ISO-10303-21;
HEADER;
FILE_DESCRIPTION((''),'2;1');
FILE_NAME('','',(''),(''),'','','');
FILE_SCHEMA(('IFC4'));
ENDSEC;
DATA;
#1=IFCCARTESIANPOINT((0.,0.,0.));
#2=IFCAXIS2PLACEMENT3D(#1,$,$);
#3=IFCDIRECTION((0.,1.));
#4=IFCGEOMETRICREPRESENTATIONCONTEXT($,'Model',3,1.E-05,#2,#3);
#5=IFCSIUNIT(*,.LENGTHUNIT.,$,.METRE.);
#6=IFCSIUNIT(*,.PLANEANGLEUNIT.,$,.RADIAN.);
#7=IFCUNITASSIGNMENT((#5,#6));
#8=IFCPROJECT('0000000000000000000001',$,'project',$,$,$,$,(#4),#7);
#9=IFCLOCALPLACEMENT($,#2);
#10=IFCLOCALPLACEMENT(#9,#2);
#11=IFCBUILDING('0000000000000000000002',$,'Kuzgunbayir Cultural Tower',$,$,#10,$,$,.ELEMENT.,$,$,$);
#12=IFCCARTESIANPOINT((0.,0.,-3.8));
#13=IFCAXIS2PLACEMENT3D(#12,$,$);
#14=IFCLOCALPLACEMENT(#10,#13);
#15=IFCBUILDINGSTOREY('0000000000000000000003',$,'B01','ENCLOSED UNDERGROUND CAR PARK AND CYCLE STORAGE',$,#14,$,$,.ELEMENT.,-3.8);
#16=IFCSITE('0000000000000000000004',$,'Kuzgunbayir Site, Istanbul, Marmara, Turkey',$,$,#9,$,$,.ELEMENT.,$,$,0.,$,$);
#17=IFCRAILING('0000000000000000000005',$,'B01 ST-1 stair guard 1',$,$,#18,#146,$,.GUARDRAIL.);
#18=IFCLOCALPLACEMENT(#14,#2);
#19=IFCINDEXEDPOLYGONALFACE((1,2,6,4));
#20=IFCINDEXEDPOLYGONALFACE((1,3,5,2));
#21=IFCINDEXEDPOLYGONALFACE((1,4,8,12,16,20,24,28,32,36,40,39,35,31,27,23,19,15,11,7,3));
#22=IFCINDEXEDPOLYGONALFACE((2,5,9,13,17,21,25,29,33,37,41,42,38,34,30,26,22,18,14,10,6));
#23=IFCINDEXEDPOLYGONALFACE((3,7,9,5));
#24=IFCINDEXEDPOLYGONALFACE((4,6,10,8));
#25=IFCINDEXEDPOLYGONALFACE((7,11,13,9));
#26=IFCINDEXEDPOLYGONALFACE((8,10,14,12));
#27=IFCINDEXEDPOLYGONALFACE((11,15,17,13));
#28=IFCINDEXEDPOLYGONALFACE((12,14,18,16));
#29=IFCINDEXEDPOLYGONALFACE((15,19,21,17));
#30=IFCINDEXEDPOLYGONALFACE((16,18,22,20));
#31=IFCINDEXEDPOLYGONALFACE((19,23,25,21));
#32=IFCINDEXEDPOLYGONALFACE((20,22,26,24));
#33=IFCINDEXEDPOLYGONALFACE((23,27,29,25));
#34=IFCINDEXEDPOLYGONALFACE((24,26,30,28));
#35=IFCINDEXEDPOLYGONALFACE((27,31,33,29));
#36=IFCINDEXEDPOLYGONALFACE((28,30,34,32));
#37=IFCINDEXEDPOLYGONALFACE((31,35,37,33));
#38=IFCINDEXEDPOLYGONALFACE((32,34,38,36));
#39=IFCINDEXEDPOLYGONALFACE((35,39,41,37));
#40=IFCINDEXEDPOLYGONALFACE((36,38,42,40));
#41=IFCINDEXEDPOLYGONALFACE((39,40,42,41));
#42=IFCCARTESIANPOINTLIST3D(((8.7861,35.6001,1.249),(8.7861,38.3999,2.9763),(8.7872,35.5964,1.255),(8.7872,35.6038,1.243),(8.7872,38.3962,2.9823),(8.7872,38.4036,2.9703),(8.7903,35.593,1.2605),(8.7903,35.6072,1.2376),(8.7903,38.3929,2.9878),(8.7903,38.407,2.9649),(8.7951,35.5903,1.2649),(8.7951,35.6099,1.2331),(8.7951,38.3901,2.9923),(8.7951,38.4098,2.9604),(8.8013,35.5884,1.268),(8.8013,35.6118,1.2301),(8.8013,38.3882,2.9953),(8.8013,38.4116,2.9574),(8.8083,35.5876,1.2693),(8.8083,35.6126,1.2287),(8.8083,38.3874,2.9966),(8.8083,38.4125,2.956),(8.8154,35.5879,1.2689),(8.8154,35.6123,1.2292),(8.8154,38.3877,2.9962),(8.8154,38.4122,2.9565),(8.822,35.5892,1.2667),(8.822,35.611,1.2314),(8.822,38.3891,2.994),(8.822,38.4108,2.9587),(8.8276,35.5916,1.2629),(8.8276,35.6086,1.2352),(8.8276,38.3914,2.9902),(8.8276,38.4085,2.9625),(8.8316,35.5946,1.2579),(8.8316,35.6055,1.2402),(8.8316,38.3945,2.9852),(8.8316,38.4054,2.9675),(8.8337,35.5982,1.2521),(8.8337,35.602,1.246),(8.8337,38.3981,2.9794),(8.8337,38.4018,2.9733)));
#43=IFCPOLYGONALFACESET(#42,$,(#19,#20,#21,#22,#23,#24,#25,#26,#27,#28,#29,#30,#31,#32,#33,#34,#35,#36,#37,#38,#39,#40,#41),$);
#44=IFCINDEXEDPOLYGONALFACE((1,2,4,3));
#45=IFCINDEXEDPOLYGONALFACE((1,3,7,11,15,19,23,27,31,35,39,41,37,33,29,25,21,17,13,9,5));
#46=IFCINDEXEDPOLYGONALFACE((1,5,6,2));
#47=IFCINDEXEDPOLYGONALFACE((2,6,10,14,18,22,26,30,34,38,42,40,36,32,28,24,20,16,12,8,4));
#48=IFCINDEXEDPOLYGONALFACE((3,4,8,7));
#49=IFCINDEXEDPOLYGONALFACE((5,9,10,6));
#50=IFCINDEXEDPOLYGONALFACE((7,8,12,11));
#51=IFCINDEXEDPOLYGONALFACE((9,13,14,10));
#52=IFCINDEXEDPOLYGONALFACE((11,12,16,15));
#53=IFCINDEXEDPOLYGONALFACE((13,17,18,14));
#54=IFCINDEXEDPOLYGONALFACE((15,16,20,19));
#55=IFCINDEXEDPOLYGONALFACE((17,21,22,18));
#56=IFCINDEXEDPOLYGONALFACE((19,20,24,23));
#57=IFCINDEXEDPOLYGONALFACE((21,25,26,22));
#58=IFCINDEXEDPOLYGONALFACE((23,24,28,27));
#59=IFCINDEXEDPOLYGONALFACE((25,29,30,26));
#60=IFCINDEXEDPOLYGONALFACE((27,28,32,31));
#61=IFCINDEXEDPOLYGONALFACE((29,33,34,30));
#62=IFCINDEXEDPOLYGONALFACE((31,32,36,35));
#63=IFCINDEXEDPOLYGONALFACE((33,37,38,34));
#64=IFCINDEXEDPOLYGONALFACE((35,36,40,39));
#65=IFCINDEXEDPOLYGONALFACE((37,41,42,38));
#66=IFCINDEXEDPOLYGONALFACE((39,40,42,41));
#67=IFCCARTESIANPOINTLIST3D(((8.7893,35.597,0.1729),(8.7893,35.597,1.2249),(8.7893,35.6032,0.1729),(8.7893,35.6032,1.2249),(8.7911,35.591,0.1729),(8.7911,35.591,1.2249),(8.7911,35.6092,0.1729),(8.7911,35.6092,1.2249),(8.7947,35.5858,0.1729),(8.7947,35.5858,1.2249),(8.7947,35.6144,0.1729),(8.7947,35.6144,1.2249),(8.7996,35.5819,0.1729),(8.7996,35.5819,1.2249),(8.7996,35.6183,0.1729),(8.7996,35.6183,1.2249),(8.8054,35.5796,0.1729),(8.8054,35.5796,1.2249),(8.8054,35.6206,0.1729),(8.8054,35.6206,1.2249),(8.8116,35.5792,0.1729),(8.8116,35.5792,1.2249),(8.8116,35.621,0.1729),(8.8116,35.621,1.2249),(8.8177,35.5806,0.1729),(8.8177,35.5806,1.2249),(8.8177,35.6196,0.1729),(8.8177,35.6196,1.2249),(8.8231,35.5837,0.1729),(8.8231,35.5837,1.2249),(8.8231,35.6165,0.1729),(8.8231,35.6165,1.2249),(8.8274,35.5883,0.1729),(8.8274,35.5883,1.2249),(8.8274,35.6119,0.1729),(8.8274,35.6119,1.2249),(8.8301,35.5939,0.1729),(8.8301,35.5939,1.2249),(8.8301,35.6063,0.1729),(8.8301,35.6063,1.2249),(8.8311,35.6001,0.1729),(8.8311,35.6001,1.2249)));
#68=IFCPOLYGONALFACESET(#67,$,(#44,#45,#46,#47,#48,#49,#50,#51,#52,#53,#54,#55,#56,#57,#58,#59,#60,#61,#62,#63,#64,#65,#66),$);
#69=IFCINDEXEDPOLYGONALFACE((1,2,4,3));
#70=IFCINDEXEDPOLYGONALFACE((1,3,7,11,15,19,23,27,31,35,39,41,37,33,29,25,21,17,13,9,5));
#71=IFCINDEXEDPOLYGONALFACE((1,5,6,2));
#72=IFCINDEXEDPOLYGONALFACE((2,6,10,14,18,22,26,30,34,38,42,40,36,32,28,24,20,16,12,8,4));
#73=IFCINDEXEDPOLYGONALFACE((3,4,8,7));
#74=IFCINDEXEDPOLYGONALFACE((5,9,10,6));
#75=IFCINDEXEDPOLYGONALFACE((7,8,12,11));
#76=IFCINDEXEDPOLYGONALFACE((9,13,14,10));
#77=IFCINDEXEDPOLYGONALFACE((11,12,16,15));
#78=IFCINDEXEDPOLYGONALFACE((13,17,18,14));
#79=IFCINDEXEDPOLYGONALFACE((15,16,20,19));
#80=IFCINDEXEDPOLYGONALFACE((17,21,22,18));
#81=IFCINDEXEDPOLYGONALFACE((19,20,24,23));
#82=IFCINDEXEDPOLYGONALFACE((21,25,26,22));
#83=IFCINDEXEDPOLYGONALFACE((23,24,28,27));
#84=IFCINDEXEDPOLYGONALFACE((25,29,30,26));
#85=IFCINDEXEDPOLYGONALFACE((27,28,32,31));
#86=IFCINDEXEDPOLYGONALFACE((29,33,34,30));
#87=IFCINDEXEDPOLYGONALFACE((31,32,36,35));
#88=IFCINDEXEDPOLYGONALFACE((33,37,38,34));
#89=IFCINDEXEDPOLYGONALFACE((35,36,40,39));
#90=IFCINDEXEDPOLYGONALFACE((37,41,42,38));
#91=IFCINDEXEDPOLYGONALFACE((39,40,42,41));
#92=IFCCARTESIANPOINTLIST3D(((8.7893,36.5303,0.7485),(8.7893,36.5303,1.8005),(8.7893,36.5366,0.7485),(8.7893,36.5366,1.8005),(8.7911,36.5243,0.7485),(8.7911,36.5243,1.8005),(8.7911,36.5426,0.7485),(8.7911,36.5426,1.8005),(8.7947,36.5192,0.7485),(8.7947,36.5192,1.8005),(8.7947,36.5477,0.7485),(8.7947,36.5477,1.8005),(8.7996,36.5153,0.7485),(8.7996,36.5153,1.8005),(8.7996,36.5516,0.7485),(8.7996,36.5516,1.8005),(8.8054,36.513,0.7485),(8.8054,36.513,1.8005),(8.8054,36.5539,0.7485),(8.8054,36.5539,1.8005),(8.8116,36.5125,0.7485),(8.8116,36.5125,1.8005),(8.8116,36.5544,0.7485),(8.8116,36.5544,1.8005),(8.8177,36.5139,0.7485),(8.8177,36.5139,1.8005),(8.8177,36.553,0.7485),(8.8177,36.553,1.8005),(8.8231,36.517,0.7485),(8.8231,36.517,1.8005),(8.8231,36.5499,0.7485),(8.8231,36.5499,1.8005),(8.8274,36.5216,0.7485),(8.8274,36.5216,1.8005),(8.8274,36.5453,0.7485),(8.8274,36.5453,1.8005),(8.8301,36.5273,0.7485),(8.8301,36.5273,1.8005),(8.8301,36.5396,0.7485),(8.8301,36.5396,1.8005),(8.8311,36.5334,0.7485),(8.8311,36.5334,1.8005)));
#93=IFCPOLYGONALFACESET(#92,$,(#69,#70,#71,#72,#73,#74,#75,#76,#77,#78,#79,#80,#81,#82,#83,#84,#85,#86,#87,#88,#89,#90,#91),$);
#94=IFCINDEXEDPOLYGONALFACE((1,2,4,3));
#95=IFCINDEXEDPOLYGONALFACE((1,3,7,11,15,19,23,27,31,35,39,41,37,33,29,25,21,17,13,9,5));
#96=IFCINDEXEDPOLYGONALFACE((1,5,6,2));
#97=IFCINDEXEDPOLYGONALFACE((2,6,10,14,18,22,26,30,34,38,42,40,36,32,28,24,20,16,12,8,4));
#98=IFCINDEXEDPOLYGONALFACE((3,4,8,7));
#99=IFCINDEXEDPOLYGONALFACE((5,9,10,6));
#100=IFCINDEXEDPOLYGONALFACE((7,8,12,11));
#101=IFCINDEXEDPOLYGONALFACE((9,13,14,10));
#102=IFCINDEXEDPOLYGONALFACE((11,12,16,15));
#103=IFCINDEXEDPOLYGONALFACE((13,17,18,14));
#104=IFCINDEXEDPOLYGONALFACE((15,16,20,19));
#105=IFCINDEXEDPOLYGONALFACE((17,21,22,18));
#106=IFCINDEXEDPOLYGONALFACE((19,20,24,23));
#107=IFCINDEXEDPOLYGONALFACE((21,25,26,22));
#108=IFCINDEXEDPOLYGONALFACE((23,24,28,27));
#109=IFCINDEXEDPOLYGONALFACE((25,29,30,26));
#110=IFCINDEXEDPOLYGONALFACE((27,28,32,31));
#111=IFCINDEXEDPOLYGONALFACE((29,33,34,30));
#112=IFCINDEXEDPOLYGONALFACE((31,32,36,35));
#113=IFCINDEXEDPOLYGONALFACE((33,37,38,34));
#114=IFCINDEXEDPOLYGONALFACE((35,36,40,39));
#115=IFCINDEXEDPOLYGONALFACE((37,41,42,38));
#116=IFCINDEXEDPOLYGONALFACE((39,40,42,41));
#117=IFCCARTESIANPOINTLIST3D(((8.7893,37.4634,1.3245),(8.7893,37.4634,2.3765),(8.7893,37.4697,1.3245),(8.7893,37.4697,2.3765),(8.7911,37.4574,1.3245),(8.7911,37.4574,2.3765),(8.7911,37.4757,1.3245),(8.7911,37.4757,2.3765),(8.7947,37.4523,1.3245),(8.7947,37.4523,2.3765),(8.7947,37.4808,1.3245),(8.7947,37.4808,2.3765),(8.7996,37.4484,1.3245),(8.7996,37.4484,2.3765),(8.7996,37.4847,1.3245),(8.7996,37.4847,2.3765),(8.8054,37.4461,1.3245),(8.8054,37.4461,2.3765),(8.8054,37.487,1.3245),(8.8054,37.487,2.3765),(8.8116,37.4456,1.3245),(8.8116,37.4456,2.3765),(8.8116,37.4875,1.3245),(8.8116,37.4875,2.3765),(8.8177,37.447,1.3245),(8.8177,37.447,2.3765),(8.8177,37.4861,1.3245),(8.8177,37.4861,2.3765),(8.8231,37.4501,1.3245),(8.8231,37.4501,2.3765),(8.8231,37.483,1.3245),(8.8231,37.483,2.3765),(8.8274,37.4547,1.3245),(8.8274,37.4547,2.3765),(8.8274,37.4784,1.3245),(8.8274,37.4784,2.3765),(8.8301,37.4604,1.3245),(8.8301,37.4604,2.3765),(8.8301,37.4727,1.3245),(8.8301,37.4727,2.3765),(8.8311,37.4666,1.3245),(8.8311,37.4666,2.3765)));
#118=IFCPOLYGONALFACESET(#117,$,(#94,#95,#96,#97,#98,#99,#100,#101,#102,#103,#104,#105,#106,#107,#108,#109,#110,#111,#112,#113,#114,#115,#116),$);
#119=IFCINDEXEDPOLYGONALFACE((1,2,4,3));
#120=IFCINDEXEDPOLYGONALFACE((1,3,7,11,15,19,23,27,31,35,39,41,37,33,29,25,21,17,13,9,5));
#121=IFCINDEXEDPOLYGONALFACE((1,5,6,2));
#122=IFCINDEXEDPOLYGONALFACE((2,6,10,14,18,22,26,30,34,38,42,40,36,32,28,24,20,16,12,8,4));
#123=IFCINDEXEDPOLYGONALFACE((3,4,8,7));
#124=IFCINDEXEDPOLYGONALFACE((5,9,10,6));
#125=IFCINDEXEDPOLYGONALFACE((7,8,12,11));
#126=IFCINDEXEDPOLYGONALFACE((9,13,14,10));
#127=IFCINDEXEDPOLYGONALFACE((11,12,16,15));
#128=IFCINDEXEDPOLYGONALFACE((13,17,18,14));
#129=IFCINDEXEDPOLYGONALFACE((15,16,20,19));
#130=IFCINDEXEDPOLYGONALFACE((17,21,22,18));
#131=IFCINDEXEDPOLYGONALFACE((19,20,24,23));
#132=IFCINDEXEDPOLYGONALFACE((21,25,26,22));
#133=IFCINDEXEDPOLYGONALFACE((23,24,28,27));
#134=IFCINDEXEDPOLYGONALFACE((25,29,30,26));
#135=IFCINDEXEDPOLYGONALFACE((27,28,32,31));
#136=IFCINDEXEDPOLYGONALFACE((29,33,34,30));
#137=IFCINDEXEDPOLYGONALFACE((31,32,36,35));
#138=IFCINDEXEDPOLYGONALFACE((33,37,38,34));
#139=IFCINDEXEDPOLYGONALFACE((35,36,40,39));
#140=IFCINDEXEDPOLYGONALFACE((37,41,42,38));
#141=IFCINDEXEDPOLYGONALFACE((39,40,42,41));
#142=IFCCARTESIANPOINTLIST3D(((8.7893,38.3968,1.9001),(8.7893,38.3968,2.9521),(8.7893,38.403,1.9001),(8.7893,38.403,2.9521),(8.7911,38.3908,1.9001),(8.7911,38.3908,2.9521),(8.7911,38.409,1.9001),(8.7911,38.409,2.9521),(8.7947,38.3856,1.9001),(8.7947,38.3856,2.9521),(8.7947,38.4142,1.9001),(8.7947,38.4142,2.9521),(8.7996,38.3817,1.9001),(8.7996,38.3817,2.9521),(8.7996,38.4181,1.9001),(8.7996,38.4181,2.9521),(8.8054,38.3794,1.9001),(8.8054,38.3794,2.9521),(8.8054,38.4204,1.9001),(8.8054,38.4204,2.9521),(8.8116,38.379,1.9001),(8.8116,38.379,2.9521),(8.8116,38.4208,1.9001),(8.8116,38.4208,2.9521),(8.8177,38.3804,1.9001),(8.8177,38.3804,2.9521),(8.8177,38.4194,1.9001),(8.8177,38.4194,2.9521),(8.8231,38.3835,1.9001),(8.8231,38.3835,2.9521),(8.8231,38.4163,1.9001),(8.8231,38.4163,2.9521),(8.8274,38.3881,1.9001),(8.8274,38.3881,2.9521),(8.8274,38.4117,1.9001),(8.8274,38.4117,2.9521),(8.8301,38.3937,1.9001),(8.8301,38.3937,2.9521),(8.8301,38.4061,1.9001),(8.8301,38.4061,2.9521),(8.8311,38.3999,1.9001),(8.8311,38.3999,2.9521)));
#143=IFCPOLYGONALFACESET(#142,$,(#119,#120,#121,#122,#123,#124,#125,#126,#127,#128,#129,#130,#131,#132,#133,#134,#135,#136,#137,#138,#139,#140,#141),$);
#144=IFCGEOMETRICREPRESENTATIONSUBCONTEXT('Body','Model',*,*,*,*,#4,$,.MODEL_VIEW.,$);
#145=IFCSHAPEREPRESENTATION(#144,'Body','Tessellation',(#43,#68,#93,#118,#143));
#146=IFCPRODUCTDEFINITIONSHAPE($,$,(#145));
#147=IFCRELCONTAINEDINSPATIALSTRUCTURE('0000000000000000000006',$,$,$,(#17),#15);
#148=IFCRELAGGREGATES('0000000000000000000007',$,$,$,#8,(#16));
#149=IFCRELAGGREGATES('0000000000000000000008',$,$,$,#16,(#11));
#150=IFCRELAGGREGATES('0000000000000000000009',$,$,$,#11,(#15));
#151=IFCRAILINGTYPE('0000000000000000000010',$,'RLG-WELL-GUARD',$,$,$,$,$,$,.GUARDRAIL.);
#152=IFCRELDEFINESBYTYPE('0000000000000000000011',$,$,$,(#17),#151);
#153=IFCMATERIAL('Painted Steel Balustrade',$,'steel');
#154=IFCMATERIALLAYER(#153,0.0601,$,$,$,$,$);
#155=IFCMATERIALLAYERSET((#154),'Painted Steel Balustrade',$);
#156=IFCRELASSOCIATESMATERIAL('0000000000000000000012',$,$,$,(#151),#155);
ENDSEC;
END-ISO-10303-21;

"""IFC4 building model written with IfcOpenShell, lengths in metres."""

from ifc_helpers import new_model, si_unit, direction, frame, origin, origin_2d, place, context, subcontext, project, spatial, circle, extrude, material, layer, layer_set, type_object, element, save


model = new_model("IFC4")

# Units and contexts
model_context = context("Model", 3, precision=1e-05, world=origin(), true_north=direction((0.0, 1.0)))
body_context = subcontext(model_context, "Body", "Model", "MODEL_VIEW")
ifc_project = project(units=[si_unit("LENGTHUNIT", "METRE"), si_unit("PLANEANGLEUNIT", "RADIAN")], contexts=[model_context])

# Site, building, storey
site_placement = place(None, origin())
site = spatial("IfcSite", under=ifc_project, at=site_placement, Name="Kuzgunbayir Site, Istanbul, Marmara, Turkey", CompositionType="ELEMENT", RefElevation=0.0)
building_placement = place(site_placement, origin())
building = spatial("IfcBuilding", under=site, at=building_placement, Name="Kuzgunbayir Cultural Tower", CompositionType="ELEMENT")
storey_placement = place(building_placement, frame((0.0, 0.0, -3.8)))
storey = spatial("IfcBuildingStorey", under=building, at=storey_placement, Name="B01", Description="ENCLOSED UNDERGROUND CAR PARK AND CYCLE STORAGE", CompositionType="ELEMENT", Elevation=-3.8)

# Railing
ifc_material_1 = material(Name="Painted Steel Balustrade", Category="steel")
ifc_layer_1 = layer(ifc_material_1, 0.0601)
ifc_layer_set_1 = layer_set([ifc_layer_1], Name="Painted Steel Balustrade")
railing_type_1 = type_object("IfcRailingType", Name="RLG-WELL-GUARD", PredefinedType="GUARDRAIL", material=ifc_layer_set_1)
railing_1_placement = place(storey_placement, frame((8.8101, 35.6001, 0.1729)))
element("IfcRailing", 1, at=railing_1_placement, inside=storey, type_object=railing_type_1, Name="B01 ST-1 stair guard 1", PredefinedType="GUARDRAIL", context=body_context, shape_type="SweptSolid", body=[
    extrude(circle(Radius=0.0239, at=origin_2d()), frame((0.0, 0.0, 1.0762), z_axis=(0.0, 0.851069, 0.525054), x_axis=(-1.0, 0.0, 0.0)), (0.0, 0.0, 1.0), 3.2898),
    extrude(circle(Radius=0.021, at=origin_2d()), origin(), (0.0, 0.0, 1.0), 1.052),
    extrude(circle(Radius=0.021, at=origin_2d()), frame((0.0, 0.9333, 0.5757)), (0.0, 0.0, 1.0), 1.052),
    extrude(circle(Radius=0.021, at=origin_2d()), frame((0.0, 1.8665, 1.1516)), (0.0, 0.0, 1.0), 1.052),
    extrude(circle(Radius=0.021, at=origin_2d()), frame((0.0, 2.7998, 1.7273)), (0.0, 0.0, 1.0), 1.052),
])

save(model, "model.ifc")
